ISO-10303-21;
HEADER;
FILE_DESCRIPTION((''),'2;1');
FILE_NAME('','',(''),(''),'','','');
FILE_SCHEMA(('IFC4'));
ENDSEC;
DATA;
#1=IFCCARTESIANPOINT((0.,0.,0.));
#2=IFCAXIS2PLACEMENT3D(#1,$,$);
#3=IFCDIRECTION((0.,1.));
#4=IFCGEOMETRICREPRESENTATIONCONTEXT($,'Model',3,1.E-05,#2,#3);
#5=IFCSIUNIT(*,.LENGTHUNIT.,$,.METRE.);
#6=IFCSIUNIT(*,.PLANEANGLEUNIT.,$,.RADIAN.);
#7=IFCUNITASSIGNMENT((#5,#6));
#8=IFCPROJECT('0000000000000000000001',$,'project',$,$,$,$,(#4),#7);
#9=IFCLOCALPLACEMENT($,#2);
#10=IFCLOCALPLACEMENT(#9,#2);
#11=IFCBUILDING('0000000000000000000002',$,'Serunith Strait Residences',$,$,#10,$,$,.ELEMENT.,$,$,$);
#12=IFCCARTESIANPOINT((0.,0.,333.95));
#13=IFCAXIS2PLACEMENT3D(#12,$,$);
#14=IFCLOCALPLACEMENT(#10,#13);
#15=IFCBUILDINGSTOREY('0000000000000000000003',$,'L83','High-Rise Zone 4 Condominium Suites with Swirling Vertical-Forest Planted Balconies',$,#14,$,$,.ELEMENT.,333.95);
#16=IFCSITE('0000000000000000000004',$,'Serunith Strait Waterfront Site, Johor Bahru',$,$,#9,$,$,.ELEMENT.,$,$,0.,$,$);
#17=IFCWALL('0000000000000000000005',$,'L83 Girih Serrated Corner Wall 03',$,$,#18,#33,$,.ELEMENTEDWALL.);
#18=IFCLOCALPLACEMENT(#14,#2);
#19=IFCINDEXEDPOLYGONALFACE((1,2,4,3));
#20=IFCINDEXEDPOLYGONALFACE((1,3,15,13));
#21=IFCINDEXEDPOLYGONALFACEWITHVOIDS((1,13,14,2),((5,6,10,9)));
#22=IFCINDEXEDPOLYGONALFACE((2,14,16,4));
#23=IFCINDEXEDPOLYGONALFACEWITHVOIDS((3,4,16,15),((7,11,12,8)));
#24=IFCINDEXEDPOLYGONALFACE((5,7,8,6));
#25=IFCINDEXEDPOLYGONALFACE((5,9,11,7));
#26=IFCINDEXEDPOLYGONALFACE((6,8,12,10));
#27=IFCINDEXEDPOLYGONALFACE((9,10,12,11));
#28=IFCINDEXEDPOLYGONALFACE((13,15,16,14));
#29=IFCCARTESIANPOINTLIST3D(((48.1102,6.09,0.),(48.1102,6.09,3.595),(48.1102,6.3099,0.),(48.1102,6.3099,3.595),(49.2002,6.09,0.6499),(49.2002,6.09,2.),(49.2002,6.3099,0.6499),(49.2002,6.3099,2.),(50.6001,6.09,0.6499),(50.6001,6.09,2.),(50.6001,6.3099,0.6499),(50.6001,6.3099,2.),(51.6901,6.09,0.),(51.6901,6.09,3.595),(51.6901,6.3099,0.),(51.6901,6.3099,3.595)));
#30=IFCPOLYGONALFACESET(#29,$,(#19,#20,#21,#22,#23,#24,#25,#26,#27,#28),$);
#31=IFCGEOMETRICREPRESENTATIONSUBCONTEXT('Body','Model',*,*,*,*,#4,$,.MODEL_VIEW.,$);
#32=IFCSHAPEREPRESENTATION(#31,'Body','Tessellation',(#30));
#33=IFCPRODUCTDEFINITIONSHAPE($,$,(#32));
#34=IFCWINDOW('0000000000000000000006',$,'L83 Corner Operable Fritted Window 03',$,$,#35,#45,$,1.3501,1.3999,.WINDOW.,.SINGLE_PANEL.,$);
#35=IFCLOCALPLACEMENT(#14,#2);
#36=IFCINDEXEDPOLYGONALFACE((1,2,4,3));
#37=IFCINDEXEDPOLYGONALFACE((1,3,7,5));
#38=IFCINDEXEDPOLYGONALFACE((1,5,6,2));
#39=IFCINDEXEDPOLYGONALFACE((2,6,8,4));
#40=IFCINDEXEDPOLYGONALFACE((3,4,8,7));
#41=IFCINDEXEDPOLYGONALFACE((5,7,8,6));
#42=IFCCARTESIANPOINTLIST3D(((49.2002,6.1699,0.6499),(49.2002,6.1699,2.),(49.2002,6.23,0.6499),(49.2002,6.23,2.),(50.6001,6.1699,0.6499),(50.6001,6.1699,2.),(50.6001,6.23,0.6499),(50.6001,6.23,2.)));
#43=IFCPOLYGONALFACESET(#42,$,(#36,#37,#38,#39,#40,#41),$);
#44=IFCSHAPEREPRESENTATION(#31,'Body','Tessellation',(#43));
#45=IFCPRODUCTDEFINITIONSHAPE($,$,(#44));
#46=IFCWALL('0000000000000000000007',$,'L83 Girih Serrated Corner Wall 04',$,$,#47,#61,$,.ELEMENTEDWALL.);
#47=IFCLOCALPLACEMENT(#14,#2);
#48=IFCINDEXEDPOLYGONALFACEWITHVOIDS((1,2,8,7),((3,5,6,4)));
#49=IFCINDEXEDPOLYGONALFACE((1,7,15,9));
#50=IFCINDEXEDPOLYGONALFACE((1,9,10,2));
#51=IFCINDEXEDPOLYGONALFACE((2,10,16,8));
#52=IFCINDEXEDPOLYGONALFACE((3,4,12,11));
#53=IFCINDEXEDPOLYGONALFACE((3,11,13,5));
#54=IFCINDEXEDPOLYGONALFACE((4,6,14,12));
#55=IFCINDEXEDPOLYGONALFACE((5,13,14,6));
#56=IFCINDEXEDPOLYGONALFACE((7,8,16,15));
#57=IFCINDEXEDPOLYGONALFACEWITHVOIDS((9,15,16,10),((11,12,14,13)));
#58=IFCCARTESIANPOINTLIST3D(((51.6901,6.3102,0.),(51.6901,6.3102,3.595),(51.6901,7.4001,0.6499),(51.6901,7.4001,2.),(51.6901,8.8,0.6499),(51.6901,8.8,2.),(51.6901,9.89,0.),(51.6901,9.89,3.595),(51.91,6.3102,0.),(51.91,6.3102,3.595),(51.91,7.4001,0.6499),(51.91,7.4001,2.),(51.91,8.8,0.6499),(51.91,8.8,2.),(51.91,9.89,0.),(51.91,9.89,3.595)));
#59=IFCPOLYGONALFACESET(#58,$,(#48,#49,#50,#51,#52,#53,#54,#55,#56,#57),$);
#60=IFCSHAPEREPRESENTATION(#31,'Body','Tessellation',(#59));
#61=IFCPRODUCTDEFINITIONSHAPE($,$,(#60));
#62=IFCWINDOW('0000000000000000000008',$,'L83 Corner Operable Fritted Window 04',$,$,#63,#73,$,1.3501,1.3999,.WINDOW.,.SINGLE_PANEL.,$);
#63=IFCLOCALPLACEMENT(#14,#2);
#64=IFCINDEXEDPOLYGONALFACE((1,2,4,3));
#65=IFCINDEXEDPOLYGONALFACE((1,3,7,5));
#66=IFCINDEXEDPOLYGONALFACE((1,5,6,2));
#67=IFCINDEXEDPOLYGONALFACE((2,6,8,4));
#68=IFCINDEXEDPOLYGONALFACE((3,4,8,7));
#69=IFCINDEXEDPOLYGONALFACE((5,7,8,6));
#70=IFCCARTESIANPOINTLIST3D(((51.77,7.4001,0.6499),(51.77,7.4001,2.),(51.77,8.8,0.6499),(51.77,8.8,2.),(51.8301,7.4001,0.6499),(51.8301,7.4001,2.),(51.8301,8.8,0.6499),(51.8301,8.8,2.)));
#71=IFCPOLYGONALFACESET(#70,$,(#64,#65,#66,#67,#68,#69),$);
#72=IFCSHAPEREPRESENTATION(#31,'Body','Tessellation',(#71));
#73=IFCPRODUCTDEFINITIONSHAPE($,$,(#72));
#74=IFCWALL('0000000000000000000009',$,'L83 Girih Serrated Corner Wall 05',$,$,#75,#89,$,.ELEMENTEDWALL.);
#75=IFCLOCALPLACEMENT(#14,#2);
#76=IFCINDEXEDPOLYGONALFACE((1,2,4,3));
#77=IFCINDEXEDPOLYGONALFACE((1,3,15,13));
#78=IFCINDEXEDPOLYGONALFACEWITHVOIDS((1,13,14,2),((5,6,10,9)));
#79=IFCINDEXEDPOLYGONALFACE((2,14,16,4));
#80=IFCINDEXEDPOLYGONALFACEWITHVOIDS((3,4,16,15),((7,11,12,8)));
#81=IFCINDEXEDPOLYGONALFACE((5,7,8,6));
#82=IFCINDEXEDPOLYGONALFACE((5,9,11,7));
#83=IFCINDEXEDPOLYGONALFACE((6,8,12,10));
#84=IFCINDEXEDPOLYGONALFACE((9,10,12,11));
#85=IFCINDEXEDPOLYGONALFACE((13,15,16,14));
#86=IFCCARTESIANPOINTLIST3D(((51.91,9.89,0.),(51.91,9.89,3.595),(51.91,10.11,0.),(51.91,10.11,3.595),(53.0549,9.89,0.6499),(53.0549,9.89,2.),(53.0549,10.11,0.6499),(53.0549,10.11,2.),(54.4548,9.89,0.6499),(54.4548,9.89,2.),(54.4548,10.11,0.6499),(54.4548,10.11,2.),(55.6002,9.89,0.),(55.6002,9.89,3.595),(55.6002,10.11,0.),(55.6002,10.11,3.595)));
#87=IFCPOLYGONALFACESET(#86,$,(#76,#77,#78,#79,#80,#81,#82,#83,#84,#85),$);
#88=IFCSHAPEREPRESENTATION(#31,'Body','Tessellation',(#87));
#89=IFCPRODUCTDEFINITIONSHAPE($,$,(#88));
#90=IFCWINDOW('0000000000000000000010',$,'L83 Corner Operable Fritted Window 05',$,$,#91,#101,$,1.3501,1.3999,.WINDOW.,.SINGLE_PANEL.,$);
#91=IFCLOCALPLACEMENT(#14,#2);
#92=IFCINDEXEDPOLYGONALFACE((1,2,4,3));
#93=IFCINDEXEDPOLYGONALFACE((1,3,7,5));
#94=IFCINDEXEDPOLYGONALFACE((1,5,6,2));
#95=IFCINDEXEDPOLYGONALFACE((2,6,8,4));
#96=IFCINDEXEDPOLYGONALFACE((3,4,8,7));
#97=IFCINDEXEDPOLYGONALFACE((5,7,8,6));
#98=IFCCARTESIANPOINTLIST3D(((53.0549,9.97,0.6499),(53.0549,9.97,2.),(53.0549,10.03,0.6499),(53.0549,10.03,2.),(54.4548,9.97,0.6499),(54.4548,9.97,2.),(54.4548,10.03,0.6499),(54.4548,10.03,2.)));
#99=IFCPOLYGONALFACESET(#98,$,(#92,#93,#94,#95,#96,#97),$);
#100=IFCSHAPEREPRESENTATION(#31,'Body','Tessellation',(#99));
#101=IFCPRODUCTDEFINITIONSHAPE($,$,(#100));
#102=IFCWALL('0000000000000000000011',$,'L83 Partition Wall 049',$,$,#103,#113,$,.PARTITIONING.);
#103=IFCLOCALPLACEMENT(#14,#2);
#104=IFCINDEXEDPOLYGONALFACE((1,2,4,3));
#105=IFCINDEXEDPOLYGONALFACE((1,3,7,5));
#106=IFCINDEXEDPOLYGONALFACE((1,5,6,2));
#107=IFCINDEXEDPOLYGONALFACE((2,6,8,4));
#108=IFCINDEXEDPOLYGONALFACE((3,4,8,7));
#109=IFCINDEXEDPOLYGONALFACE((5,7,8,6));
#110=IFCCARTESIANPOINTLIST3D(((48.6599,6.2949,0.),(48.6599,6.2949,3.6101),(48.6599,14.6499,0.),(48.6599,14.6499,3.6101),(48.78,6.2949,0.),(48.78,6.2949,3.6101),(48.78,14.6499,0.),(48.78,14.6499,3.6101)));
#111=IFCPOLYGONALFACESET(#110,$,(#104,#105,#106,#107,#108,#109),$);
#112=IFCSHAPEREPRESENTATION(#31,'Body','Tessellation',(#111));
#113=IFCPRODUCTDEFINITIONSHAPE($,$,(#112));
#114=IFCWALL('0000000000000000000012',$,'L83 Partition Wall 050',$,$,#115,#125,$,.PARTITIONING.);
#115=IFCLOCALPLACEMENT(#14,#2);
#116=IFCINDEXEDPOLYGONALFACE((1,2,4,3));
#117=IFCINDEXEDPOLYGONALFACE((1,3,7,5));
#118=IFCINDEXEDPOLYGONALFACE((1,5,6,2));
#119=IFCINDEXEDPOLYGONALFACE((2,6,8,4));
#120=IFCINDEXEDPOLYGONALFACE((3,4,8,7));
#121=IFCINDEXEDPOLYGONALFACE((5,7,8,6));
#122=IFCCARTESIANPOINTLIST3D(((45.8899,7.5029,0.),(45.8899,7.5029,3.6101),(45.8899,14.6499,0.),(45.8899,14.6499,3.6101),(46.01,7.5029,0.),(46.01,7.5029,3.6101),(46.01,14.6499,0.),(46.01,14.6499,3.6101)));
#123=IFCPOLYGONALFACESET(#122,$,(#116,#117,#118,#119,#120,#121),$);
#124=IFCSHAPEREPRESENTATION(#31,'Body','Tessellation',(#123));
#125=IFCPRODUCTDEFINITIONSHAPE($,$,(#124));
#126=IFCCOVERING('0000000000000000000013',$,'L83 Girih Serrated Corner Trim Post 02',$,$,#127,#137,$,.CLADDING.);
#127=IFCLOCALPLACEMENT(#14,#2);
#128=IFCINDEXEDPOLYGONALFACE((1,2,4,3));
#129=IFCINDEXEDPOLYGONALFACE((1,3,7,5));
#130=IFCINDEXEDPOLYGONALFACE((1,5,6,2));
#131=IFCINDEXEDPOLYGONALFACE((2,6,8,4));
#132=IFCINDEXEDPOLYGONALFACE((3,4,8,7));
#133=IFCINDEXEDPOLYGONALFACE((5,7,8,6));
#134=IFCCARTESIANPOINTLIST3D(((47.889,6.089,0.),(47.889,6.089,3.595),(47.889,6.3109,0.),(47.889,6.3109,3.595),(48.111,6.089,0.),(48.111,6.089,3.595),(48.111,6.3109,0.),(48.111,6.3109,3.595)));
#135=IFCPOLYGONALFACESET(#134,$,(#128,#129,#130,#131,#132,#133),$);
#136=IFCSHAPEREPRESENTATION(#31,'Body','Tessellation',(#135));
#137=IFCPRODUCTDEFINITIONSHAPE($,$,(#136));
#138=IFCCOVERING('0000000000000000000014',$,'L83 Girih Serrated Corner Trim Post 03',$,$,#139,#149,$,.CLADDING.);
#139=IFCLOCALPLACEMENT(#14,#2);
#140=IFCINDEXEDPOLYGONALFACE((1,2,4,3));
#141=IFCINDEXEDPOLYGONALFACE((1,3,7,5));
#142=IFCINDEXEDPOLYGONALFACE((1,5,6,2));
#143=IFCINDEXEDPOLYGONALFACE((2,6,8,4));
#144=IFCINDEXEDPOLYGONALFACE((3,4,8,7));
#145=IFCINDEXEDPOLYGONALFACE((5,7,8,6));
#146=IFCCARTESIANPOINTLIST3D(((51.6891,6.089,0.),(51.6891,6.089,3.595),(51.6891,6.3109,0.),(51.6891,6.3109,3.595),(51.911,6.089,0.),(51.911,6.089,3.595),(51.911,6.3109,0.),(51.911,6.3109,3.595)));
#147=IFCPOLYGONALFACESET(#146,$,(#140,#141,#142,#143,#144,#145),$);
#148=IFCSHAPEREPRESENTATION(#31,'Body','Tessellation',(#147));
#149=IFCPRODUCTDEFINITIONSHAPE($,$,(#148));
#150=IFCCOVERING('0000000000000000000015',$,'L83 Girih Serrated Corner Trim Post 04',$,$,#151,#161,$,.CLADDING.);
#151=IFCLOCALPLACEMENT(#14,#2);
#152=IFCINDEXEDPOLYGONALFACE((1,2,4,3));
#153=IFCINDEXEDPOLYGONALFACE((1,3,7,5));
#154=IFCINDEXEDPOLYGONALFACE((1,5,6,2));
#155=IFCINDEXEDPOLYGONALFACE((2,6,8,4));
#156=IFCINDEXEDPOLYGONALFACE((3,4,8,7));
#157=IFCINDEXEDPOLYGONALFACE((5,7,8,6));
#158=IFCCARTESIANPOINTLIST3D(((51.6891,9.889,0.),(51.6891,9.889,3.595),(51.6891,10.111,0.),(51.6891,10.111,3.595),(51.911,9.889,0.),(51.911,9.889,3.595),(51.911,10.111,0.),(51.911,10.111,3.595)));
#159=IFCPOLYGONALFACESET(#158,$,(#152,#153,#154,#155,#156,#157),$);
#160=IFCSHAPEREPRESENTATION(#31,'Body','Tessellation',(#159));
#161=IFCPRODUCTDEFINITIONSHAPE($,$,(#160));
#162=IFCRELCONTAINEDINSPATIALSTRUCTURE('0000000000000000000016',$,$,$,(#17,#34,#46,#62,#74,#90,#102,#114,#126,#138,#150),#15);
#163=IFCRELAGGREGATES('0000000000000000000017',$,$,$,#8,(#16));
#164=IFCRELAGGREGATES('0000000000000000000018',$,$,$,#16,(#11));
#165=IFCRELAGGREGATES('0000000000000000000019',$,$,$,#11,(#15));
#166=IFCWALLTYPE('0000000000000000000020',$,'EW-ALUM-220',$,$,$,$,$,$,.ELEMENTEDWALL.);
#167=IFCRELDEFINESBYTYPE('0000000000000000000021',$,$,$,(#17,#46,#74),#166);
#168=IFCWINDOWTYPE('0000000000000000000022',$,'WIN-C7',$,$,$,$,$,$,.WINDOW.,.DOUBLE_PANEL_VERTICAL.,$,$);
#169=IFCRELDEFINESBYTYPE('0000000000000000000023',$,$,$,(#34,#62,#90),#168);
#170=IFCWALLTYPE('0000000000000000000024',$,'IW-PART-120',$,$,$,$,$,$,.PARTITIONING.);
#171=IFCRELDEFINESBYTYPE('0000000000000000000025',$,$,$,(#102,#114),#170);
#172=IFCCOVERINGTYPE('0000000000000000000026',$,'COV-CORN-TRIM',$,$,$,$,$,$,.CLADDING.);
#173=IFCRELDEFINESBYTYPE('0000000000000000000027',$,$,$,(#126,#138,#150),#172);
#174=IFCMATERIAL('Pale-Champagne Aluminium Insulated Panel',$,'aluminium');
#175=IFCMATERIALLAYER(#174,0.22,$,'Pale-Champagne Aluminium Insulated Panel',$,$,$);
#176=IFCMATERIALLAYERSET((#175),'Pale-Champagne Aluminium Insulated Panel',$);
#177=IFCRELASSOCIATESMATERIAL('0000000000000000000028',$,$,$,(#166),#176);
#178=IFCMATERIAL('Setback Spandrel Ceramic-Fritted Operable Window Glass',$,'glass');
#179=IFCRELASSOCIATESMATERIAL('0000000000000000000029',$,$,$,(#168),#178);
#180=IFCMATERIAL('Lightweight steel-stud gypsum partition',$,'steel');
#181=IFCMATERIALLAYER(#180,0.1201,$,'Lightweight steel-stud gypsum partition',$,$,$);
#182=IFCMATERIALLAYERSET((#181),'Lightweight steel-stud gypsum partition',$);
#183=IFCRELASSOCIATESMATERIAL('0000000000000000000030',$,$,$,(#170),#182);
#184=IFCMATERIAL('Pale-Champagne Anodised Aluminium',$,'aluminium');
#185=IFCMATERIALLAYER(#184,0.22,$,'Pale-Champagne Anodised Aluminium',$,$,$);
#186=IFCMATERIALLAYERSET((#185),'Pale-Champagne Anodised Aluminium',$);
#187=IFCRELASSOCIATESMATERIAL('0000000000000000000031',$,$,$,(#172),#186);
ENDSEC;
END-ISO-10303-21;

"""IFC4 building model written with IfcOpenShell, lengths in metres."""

from ifc_helpers import new_model, si_unit, direction, frame, frame_2d, origin, origin_2d, place, context, subcontext, project, spatial, rectangle, extrude, source, transform, mapped, material, layer, layer_set, type_object, element, fill, save


model = new_model("IFC4")

# Units and contexts
model_context = context("Model", 3, precision=1e-05, world=origin(), true_north=direction((0.0, 1.0)))
body_context = subcontext(model_context, "Body", "Model", "MODEL_VIEW")
ifc_project = project(units=[si_unit("LENGTHUNIT", "METRE"), si_unit("PLANEANGLEUNIT", "RADIAN")], contexts=[model_context])

# Site, building, storey
site_placement = place(None, origin())
site = spatial("IfcSite", under=ifc_project, at=site_placement, Name="Serunith Strait Waterfront Site, Johor Bahru", CompositionType="ELEMENT", RefElevation=0.0)
building_placement = place(site_placement, origin())
building = spatial("IfcBuilding", under=site, at=building_placement, Name="Serunith Strait Residences", CompositionType="ELEMENT")
storey_placement = place(building_placement, frame((0.0, 0.0, 333.95)))
storey = spatial("IfcBuildingStorey", under=building, at=storey_placement, Name="L83", Description="High-Rise Zone 4 Condominium Suites with Swirling Vertical-Forest Planted Balconies", CompositionType="ELEMENT", Elevation=333.95)

# Walls, openings, windows
ifc_material_1 = material(Name="Pale-Champagne Aluminium Insulated Panel", Category="aluminium")
ifc_layer_1 = layer(ifc_material_1, 0.22, Name="Pale-Champagne Aluminium Insulated Panel")
ifc_layer_set_1 = layer_set([ifc_layer_1], Name="Pale-Champagne Aluminium Insulated Panel")
wall_type_1 = type_object("IfcWallType", Name="EW-ALUM-220", PredefinedType="ELEMENTEDWALL", material=ifc_layer_set_1)
ifc_material_2 = material(Name="Setback Spandrel Ceramic-Fritted Operable Window Glass", Category="glass")
window_type = type_object("IfcWindowType", Name="WIN-C7", PartitioningType="DOUBLE_PANEL_VERTICAL", PredefinedType="WINDOW", material=ifc_material_2)
shared_shape_1 = source(origin(), body_context, "Body", "SweptSolid", [
    extrude(rectangle(XDim=1.3999, YDim=1.3501, at=frame_2d((0.7, 0.675))), frame((0.0, 0.03, 0.0), z_axis=(0.0, -1.0, 0.0), x_axis=(1.0, 0.0, 0.0)), (0.0, 0.0, 1.0), 0.0601),
])
wall_1_placement = place(storey_placement, frame((48.1101, 6.2, 0.0), z_axis=(0.0, 0.0, 1.0), x_axis=(1.0, 0.0, 0.0)))
wall_1 = element("IfcWall", 1, at=wall_1_placement, inside=storey, type_object=wall_type_1, Name="L83 Girih Serrated Corner Wall 03", PredefinedType="ELEMENTEDWALL", context=body_context, shape_type="SweptSolid", body=[
    extrude(rectangle(XDim=3.5798, YDim=0.22, at=frame_2d((1.79, 0.0))), origin(), (0.0, 0.0, 1.0), 3.595),
])
opening_1_placement = place(wall_1_placement, frame((1.0901, 0.0, 0.6499)))
opening_1 = element("IfcOpeningElement", 2, at=opening_1_placement, cuts=wall_1, PredefinedType="OPENING", context=body_context, shape_type="SweptSolid", body=[
    extrude(rectangle(XDim=1.3999, YDim=1.3501, at=frame_2d((0.7, 0.675))), frame((0.0, 0.1201, 0.0), z_axis=(0.0, -1.0, 0.0), x_axis=(1.0, 0.0, 0.0)), (0.0, 0.0, 1.0), 0.24),
])
window_1_placement = place(opening_1_placement, origin())
window_1 = element("IfcWindow", 3, at=window_1_placement, inside=storey, type_object=window_type, Name="L83 Corner Operable Fritted Window 03", OverallHeight=1.3501, OverallWidth=1.3999, PartitioningType="SINGLE_PANEL", PredefinedType="WINDOW", context=body_context, shape_type="MappedRepresentation", body=[
    mapped(shared_shape_1, transform((0.0, 0.0, 0.0), scale=1.0)),
])
fill(opening_1, window_1)
wall_2_placement = place(storey_placement, frame((51.8, 6.3101, 0.0), z_axis=(0.0, 0.0, 1.0), x_axis=(0.0, 1.0, 0.0)))
wall_2 = element("IfcWall", 4, at=wall_2_placement, inside=storey, type_object=wall_type_1, Name="L83 Girih Serrated Corner Wall 04", PredefinedType="ELEMENTEDWALL", context=body_context, shape_type="SweptSolid", body=[
    extrude(rectangle(XDim=3.5798, YDim=0.22, at=frame_2d((1.79, 0.0))), origin(), (0.0, 0.0, 1.0), 3.595),
])
opening_2_placement = place(wall_2_placement, frame((1.0901, 0.0, 0.6499)))
opening_2 = element("IfcOpeningElement", 5, at=opening_2_placement, cuts=wall_2, PredefinedType="OPENING", context=body_context, shape_type="SweptSolid", body=[
    extrude(rectangle(XDim=1.3999, YDim=1.3501, at=frame_2d((0.7, 0.675))), frame((0.0, 0.1201, 0.0), z_axis=(0.0, -1.0, 0.0), x_axis=(1.0, 0.0, 0.0)), (0.0, 0.0, 1.0), 0.24),
])
window_2_placement = place(opening_2_placement, origin())
window_2 = element("IfcWindow", 6, at=window_2_placement, inside=storey, type_object=window_type, Name="L83 Corner Operable Fritted Window 04", OverallHeight=1.3501, OverallWidth=1.3999, PartitioningType="SINGLE_PANEL", PredefinedType="WINDOW", context=body_context, shape_type="MappedRepresentation", body=[
    mapped(shared_shape_1, transform((0.0, 0.0, 0.0), scale=1.0)),
])
fill(opening_2, window_2)
wall_3_placement = place(storey_placement, frame((51.9099, 10.0, 0.0), z_axis=(0.0, 0.0, 1.0), x_axis=(1.0, 0.0, 0.0)))
wall_3 = element("IfcWall", 7, at=wall_3_placement, inside=storey, type_object=wall_type_1, Name="L83 Girih Serrated Corner Wall 05", PredefinedType="ELEMENTEDWALL", context=body_context, shape_type="SweptSolid", body=[
    extrude(rectangle(XDim=3.6902, YDim=0.22, at=frame_2d((1.8452, 0.0))), origin(), (0.0, 0.0, 1.0), 3.595),
])
opening_3_placement = place(wall_3_placement, frame((1.145, 0.0, 0.6499)))
opening_3 = element("IfcOpeningElement", 8, at=opening_3_placement, cuts=wall_3, PredefinedType="OPENING", context=body_context, shape_type="SweptSolid", body=[
    extrude(rectangle(XDim=1.3999, YDim=1.3501, at=frame_2d((0.7, 0.675))), frame((0.0, 0.1201, 0.0), z_axis=(0.0, -1.0, 0.0), x_axis=(1.0, 0.0, 0.0)), (0.0, 0.0, 1.0), 0.24),
])
window_3_placement = place(opening_3_placement, origin())
window_3 = element("IfcWindow", 9, at=window_3_placement, inside=storey, type_object=window_type, Name="L83 Corner Operable Fritted Window 05", OverallHeight=1.3501, OverallWidth=1.3999, PartitioningType="SINGLE_PANEL", PredefinedType="WINDOW", context=body_context, shape_type="MappedRepresentation", body=[
    mapped(shared_shape_1, transform((0.0, 0.0, 0.0), scale=1.0)),
])
fill(opening_3, window_3)

# Walls
ifc_material_3 = material(Name="Lightweight steel-stud gypsum partition", Category="steel")
ifc_layer_2 = layer(ifc_material_3, 0.1201, Name="Lightweight steel-stud gypsum partition")
ifc_layer_set_2 = layer_set([ifc_layer_2], Name="Lightweight steel-stud gypsum partition")
wall_type_2 = type_object("IfcWallType", Name="IW-PART-120", PredefinedType="PARTITIONING", material=ifc_layer_set_2)
wall_4_placement = place(storey_placement, frame((48.72, 6.2949, 0.0), z_axis=(0.0, 0.0, 1.0), x_axis=(0.0, 1.0, 0.0)))
element("IfcWall", 10, at=wall_4_placement, inside=storey, type_object=wall_type_2, Name="L83 Partition Wall 049", PredefinedType="PARTITIONING", context=body_context, shape_type="SweptSolid", body=[
    extrude(rectangle(XDim=8.355, YDim=0.1201, at=frame_2d((4.1775, 0.0))), origin(), (0.0, 0.0, 1.0), 3.6101),
])
wall_5_placement = place(storey_placement, frame((45.95, 7.5029, 0.0), z_axis=(0.0, 0.0, 1.0), x_axis=(0.0, 1.0, 0.0)))
element("IfcWall", 11, at=wall_5_placement, inside=storey, type_object=wall_type_2, Name="L83 Partition Wall 050", PredefinedType="PARTITIONING", context=body_context, shape_type="SweptSolid", body=[
    extrude(rectangle(XDim=7.147, YDim=0.1201, at=frame_2d((3.5735, 0.0))), origin(), (0.0, 0.0, 1.0), 3.6101),
])

# Coverings
ifc_material_4 = material(Name="Pale-Champagne Anodised Aluminium", Category="aluminium")
ifc_layer_3 = layer(ifc_material_4, 0.22, Name="Pale-Champagne Anodised Aluminium")
ifc_layer_set_3 = layer_set([ifc_layer_3], Name="Pale-Champagne Anodised Aluminium")
covering_type = type_object("IfcCoveringType", Name="COV-CORN-TRIM", PredefinedType="CLADDING", material=ifc_layer_set_3)
shared_shape_2 = source(origin(), body_context, "Body", "SweptSolid", [
    extrude(rectangle(XDim=0.2219, YDim=0.2219, at=origin_2d()), origin(), (0.0, 0.0, 1.0), 3.595),
])
for number, where, z_axis, x_axis, name in (
    (12, (48.0, 6.2, 0.0), (0.0, 0.0, 1.0), (1.0, 0.0, 0.0), "L83 Girih Serrated Corner Trim Post 02"),
    (13, (51.8, 6.2, 0.0), (0.0, 0.0, 1.0), (1.0, 0.0, 0.0), "L83 Girih Serrated Corner Trim Post 03"),
    (14, (51.8, 10.0, 0.0), (0.0, 0.0, 1.0), (1.0, 0.0, 0.0), "L83 Girih Serrated Corner Trim Post 04"),
):
    element("IfcCovering", number, at=place(storey_placement, frame(where, z_axis=z_axis, x_axis=x_axis)), inside=storey, type_object=covering_type, Name=name, PredefinedType="CLADDING", context=body_context, shape_type="MappedRepresentation", body=[
        mapped(shared_shape_2, transform((0.0, 0.0, 0.0), scale=1.0)),
    ])

save(model, "model.ifc")
